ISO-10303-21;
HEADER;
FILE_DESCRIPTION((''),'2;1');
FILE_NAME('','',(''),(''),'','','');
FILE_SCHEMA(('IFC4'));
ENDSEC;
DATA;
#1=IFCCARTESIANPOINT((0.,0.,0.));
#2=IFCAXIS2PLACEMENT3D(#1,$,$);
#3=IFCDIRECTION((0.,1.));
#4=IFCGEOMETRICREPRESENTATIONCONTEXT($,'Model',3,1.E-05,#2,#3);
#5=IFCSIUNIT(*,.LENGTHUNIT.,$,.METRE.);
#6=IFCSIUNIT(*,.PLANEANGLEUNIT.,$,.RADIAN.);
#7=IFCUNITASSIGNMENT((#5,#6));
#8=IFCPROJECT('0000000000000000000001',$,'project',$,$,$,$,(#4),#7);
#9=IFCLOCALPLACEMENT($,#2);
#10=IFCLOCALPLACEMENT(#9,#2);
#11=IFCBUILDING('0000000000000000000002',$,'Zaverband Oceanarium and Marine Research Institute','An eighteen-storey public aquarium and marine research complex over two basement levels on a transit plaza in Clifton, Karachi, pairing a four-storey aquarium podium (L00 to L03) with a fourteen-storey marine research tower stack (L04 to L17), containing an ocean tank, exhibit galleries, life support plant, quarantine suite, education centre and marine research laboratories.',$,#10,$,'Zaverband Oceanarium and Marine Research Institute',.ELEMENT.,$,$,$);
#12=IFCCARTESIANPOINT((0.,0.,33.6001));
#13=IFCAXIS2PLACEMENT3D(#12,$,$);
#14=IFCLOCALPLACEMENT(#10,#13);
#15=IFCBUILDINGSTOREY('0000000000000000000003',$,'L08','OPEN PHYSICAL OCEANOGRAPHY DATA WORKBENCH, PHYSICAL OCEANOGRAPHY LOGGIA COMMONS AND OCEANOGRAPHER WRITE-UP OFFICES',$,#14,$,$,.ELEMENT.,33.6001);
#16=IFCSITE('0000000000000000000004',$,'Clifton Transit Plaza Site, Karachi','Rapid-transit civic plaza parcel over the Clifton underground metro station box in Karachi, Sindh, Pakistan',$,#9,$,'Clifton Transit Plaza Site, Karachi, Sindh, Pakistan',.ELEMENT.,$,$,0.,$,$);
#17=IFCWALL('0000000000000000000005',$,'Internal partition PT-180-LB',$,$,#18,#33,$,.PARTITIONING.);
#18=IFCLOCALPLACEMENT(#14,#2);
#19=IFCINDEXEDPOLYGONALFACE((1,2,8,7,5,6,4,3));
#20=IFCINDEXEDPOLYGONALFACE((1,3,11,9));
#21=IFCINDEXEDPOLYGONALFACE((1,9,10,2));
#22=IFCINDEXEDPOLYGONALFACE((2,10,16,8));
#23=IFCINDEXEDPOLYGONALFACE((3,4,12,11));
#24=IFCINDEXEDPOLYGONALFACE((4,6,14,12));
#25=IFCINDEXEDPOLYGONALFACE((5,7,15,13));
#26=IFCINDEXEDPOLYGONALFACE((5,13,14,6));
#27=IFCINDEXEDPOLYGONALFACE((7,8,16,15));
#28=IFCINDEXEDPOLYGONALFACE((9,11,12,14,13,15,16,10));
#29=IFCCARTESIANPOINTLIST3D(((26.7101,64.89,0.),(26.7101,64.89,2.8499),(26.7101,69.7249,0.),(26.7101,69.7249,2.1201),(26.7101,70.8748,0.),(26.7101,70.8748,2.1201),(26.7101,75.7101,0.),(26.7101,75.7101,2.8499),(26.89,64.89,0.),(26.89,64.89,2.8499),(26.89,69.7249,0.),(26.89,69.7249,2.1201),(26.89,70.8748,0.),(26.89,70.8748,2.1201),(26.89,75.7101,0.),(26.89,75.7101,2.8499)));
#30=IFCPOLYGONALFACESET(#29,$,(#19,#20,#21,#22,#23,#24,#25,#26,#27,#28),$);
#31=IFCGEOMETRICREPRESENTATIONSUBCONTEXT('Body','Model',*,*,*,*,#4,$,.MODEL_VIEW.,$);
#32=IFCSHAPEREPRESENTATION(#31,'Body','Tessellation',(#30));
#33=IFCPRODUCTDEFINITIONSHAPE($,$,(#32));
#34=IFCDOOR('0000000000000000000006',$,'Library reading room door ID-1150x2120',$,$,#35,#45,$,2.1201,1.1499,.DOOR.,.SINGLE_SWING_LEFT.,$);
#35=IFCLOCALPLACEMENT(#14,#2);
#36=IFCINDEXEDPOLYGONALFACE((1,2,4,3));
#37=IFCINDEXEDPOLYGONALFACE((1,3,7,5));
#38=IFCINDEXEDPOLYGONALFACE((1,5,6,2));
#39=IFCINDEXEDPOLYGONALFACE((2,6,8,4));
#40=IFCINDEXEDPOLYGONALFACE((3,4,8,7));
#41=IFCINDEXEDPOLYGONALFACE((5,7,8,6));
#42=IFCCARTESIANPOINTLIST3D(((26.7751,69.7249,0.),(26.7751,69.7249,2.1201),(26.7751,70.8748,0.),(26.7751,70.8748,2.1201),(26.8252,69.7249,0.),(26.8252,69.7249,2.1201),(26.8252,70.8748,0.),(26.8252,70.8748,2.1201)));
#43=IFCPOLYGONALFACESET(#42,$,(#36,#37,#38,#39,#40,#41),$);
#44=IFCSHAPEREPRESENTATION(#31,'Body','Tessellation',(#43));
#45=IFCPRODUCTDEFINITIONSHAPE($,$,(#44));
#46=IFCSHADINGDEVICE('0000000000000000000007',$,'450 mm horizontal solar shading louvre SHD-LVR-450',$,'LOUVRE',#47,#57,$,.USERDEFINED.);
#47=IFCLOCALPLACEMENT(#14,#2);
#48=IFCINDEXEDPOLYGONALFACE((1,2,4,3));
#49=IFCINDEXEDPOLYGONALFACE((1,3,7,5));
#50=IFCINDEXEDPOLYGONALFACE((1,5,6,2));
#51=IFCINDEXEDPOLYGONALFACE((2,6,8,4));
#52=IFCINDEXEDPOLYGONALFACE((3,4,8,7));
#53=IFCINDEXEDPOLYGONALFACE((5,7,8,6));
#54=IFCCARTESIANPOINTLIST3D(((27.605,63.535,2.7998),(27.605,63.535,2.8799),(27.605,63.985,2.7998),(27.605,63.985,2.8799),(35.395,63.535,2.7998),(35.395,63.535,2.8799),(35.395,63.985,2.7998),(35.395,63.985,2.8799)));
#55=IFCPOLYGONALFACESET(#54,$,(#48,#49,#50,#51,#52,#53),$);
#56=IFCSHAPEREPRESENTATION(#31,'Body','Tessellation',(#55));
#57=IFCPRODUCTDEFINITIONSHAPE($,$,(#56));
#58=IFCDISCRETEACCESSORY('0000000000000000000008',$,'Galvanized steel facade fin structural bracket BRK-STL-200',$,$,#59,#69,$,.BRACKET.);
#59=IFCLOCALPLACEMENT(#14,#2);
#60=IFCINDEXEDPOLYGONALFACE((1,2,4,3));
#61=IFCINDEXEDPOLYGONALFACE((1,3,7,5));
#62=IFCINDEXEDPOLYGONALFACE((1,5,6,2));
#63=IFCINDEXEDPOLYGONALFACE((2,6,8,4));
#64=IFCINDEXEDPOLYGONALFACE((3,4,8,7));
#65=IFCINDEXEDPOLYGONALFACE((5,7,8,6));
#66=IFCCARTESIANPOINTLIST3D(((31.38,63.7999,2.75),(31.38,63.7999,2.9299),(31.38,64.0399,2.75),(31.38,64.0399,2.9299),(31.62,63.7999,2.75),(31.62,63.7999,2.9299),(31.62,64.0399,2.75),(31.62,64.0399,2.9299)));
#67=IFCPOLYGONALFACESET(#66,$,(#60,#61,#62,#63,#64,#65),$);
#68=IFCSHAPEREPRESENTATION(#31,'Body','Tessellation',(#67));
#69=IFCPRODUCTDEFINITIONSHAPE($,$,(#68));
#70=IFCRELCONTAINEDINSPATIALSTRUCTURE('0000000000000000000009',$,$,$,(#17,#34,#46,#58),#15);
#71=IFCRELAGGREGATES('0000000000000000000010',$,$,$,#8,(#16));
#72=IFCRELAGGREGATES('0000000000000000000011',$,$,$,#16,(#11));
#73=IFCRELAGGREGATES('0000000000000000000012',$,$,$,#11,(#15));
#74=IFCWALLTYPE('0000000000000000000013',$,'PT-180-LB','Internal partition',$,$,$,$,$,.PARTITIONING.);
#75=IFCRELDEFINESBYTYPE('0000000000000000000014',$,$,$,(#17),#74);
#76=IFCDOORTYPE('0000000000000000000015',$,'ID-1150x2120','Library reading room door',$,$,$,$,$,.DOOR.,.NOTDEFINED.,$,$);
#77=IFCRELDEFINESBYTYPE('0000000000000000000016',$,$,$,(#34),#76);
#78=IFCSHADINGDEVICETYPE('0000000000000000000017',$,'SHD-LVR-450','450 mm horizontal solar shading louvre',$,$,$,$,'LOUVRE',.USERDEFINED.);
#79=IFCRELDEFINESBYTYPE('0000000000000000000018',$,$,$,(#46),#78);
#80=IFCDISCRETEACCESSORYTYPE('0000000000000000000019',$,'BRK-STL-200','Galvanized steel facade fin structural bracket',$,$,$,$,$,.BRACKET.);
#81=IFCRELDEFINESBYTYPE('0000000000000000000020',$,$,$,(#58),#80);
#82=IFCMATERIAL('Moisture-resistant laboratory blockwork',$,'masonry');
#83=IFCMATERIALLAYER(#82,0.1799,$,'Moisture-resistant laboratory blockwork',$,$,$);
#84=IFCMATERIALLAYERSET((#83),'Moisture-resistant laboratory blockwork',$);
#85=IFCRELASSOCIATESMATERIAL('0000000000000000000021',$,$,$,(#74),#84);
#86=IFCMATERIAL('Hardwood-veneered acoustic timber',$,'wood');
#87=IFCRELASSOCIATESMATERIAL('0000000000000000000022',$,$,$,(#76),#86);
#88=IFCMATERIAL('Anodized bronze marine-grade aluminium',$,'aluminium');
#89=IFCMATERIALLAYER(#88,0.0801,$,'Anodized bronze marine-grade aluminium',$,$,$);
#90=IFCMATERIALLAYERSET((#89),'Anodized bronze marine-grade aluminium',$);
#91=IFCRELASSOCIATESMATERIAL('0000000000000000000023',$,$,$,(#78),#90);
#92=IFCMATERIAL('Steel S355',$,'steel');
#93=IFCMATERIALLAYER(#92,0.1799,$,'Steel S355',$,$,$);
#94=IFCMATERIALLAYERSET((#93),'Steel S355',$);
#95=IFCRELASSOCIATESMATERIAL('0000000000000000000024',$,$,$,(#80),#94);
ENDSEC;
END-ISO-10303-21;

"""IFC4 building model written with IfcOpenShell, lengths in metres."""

from ifc_helpers import new_model, si_unit, direction, frame, frame_2d, origin, origin_2d, place, context, subcontext, project, spatial, rectangle, extrude, material, layer, layer_set, type_object, element, fill, save


model = new_model("IFC4")

# Units and contexts
model_context = context("Model", 3, precision=1e-05, world=origin(), true_north=direction((0.0, 1.0)))
body_context = subcontext(model_context, "Body", "Model", "MODEL_VIEW")
ifc_project = project(units=[si_unit("LENGTHUNIT", "METRE"), si_unit("PLANEANGLEUNIT", "RADIAN")], contexts=[model_context])

# Site, building, storey
site_placement = place(None, origin())
site = spatial("IfcSite", under=ifc_project, at=site_placement, Name="Clifton Transit Plaza Site, Karachi", Description="Rapid-transit civic plaza parcel over the Clifton underground metro station box in Karachi, Sindh, Pakistan", LongName="Clifton Transit Plaza Site, Karachi, Sindh, Pakistan", CompositionType="ELEMENT", RefElevation=0.0)
building_placement = place(site_placement, origin())
building = spatial("IfcBuilding", under=site, at=building_placement, Name="Zaverband Oceanarium and Marine Research Institute", Description="An eighteen-storey public aquarium and marine research complex over two basement levels on a transit plaza in Clifton, Karachi, pairing a four-storey aquarium podium (L00 to L03) with a fourteen-storey marine research tower stack (L04 to L17), containing an ocean tank, exhibit galleries, life support plant, quarantine suite, education centre and marine research laboratories.", LongName="Zaverband Oceanarium and Marine Research Institute", CompositionType="ELEMENT")
storey_placement = place(building_placement, frame((0.0, 0.0, 33.6001)))
storey = spatial("IfcBuildingStorey", under=building, at=storey_placement, Name="L08", Description="OPEN PHYSICAL OCEANOGRAPHY DATA WORKBENCH, PHYSICAL OCEANOGRAPHY LOGGIA COMMONS AND OCEANOGRAPHER WRITE-UP OFFICES", CompositionType="ELEMENT", Elevation=33.6001)

# Wall, opening, door
ifc_material_1 = material(Name="Hardwood-veneered acoustic timber", Category="wood")
ifc_material_2 = material(Name="Moisture-resistant laboratory blockwork", Category="masonry")
ifc_layer_1 = layer(ifc_material_2, 0.1799, Name="Moisture-resistant laboratory blockwork")
ifc_layer_set_1 = layer_set([ifc_layer_1], Name="Moisture-resistant laboratory blockwork")
wall_type_1 = type_object("IfcWallType", Name="PT-180-LB", Description="Internal partition", PredefinedType="PARTITIONING", material=ifc_layer_set_1)
wall_1_placement = place(storey_placement, frame((26.8, 64.8899, 0.0), z_axis=(0.0, 0.0, 1.0), x_axis=(0.0, 1.0, 0.0)))
wall_1 = element("IfcWall", 1, at=wall_1_placement, inside=storey, type_object=wall_type_1, Name="Internal partition PT-180-LB", PredefinedType="PARTITIONING", context=body_context, shape_type="SweptSolid", body=[
    extrude(rectangle(XDim=10.8201, YDim=0.1799, at=frame_2d((5.4102, 0.0))), origin(), (0.0, 0.0, 1.0), 2.8499),
])
opening_1_placement = place(wall_1_placement, frame((4.835, 0.0, 0.0)))
opening_1 = element("IfcOpeningElement", 2, at=opening_1_placement, cuts=wall_1, PredefinedType="OPENING", context=body_context, shape_type="SweptSolid", body=[
    extrude(rectangle(XDim=1.1499, YDim=2.1201, at=frame_2d((0.575, 1.0601))), frame((0.0, 0.1021, 0.0), z_axis=(0.0, -1.0, 0.0), x_axis=(1.0, 0.0, 0.0)), (0.0, 0.0, 1.0), 0.2039),
])
door_type_1 = type_object("IfcDoorType", Name="ID-1150x2120", Description="Library reading room door", OperationType="NOTDEFINED", PredefinedType="DOOR", material=ifc_material_1)
door_1_placement = place(opening_1_placement, origin())
door_1 = element("IfcDoor", 3, at=door_1_placement, inside=storey, type_object=door_type_1, Name="Library reading room door ID-1150x2120", OperationType="SINGLE_SWING_LEFT", OverallHeight=2.1201, OverallWidth=1.1499, PredefinedType="DOOR", context=body_context, shape_type="SweptSolid", body=[
    extrude(rectangle(XDim=1.1499, YDim=2.1201, at=frame_2d((0.575, 1.0601))), frame((0.0, 0.0249, 0.0), z_axis=(0.0, -1.0, 0.0), x_axis=(1.0, 0.0, 0.0)), (0.0, 0.0, 1.0), 0.05),
])
fill(opening_1, door_1)

# Shared definitions
ifc_material_3 = material(Name="Steel S355", Category="steel")

# Shading device
ifc_material_4 = material(Name="Anodized bronze marine-grade aluminium", Category="aluminium")
ifc_layer_2 = layer(ifc_material_4, 0.0801, Name="Anodized bronze marine-grade aluminium")
ifc_layer_set_2 = layer_set([ifc_layer_2], Name="Anodized bronze marine-grade aluminium")
shading_device_type = type_object("IfcShadingDeviceType", Name="SHD-LVR-450", Description="450 mm horizontal solar shading louvre", ElementType="LOUVRE", PredefinedType="USERDEFINED", material=ifc_layer_set_2)
shading_device_placement = place(storey_placement, frame((27.605, 63.76, 2.7998), z_axis=(0.0, 0.0, 1.0), x_axis=(1.0, 0.0, 0.0)))
element("IfcShadingDevice", 4, at=shading_device_placement, inside=storey, type_object=shading_device_type, Name="450 mm horizontal solar shading louvre SHD-LVR-450", ObjectType="LOUVRE", PredefinedType="USERDEFINED", context=body_context, shape_type="SweptSolid", body=[
    extrude(rectangle(XDim=7.79, YDim=0.45, at=frame_2d((3.895, 0.0))), origin(), (0.0, 0.0, 1.0), 0.0801),
])

# Discrete accessory
ifc_layer_3 = layer(ifc_material_3, 0.1799, Name="Steel S355")
ifc_layer_set_3 = layer_set([ifc_layer_3], Name="Steel S355")
discrete_accessory_type = type_object("IfcDiscreteAccessoryType", Name="BRK-STL-200", Description="Galvanized steel facade fin structural bracket", PredefinedType="BRACKET", material=ifc_layer_set_3)
discrete_accessory_placement = place(storey_placement, frame((31.5, 63.9199, 2.75), z_axis=(0.0, 0.0, 1.0), x_axis=(1.0, 0.0, 0.0)))
element("IfcDiscreteAccessory", 5, at=discrete_accessory_placement, inside=storey, type_object=discrete_accessory_type, Name="Galvanized steel facade fin structural bracket BRK-STL-200", PredefinedType="BRACKET", context=body_context, shape_type="SweptSolid", body=[
    extrude(rectangle(XDim=0.24, YDim=0.24, at=origin_2d()), origin(), (0.0, 0.0, 1.0), 0.1799),
])

save(model, "model.ifc")
